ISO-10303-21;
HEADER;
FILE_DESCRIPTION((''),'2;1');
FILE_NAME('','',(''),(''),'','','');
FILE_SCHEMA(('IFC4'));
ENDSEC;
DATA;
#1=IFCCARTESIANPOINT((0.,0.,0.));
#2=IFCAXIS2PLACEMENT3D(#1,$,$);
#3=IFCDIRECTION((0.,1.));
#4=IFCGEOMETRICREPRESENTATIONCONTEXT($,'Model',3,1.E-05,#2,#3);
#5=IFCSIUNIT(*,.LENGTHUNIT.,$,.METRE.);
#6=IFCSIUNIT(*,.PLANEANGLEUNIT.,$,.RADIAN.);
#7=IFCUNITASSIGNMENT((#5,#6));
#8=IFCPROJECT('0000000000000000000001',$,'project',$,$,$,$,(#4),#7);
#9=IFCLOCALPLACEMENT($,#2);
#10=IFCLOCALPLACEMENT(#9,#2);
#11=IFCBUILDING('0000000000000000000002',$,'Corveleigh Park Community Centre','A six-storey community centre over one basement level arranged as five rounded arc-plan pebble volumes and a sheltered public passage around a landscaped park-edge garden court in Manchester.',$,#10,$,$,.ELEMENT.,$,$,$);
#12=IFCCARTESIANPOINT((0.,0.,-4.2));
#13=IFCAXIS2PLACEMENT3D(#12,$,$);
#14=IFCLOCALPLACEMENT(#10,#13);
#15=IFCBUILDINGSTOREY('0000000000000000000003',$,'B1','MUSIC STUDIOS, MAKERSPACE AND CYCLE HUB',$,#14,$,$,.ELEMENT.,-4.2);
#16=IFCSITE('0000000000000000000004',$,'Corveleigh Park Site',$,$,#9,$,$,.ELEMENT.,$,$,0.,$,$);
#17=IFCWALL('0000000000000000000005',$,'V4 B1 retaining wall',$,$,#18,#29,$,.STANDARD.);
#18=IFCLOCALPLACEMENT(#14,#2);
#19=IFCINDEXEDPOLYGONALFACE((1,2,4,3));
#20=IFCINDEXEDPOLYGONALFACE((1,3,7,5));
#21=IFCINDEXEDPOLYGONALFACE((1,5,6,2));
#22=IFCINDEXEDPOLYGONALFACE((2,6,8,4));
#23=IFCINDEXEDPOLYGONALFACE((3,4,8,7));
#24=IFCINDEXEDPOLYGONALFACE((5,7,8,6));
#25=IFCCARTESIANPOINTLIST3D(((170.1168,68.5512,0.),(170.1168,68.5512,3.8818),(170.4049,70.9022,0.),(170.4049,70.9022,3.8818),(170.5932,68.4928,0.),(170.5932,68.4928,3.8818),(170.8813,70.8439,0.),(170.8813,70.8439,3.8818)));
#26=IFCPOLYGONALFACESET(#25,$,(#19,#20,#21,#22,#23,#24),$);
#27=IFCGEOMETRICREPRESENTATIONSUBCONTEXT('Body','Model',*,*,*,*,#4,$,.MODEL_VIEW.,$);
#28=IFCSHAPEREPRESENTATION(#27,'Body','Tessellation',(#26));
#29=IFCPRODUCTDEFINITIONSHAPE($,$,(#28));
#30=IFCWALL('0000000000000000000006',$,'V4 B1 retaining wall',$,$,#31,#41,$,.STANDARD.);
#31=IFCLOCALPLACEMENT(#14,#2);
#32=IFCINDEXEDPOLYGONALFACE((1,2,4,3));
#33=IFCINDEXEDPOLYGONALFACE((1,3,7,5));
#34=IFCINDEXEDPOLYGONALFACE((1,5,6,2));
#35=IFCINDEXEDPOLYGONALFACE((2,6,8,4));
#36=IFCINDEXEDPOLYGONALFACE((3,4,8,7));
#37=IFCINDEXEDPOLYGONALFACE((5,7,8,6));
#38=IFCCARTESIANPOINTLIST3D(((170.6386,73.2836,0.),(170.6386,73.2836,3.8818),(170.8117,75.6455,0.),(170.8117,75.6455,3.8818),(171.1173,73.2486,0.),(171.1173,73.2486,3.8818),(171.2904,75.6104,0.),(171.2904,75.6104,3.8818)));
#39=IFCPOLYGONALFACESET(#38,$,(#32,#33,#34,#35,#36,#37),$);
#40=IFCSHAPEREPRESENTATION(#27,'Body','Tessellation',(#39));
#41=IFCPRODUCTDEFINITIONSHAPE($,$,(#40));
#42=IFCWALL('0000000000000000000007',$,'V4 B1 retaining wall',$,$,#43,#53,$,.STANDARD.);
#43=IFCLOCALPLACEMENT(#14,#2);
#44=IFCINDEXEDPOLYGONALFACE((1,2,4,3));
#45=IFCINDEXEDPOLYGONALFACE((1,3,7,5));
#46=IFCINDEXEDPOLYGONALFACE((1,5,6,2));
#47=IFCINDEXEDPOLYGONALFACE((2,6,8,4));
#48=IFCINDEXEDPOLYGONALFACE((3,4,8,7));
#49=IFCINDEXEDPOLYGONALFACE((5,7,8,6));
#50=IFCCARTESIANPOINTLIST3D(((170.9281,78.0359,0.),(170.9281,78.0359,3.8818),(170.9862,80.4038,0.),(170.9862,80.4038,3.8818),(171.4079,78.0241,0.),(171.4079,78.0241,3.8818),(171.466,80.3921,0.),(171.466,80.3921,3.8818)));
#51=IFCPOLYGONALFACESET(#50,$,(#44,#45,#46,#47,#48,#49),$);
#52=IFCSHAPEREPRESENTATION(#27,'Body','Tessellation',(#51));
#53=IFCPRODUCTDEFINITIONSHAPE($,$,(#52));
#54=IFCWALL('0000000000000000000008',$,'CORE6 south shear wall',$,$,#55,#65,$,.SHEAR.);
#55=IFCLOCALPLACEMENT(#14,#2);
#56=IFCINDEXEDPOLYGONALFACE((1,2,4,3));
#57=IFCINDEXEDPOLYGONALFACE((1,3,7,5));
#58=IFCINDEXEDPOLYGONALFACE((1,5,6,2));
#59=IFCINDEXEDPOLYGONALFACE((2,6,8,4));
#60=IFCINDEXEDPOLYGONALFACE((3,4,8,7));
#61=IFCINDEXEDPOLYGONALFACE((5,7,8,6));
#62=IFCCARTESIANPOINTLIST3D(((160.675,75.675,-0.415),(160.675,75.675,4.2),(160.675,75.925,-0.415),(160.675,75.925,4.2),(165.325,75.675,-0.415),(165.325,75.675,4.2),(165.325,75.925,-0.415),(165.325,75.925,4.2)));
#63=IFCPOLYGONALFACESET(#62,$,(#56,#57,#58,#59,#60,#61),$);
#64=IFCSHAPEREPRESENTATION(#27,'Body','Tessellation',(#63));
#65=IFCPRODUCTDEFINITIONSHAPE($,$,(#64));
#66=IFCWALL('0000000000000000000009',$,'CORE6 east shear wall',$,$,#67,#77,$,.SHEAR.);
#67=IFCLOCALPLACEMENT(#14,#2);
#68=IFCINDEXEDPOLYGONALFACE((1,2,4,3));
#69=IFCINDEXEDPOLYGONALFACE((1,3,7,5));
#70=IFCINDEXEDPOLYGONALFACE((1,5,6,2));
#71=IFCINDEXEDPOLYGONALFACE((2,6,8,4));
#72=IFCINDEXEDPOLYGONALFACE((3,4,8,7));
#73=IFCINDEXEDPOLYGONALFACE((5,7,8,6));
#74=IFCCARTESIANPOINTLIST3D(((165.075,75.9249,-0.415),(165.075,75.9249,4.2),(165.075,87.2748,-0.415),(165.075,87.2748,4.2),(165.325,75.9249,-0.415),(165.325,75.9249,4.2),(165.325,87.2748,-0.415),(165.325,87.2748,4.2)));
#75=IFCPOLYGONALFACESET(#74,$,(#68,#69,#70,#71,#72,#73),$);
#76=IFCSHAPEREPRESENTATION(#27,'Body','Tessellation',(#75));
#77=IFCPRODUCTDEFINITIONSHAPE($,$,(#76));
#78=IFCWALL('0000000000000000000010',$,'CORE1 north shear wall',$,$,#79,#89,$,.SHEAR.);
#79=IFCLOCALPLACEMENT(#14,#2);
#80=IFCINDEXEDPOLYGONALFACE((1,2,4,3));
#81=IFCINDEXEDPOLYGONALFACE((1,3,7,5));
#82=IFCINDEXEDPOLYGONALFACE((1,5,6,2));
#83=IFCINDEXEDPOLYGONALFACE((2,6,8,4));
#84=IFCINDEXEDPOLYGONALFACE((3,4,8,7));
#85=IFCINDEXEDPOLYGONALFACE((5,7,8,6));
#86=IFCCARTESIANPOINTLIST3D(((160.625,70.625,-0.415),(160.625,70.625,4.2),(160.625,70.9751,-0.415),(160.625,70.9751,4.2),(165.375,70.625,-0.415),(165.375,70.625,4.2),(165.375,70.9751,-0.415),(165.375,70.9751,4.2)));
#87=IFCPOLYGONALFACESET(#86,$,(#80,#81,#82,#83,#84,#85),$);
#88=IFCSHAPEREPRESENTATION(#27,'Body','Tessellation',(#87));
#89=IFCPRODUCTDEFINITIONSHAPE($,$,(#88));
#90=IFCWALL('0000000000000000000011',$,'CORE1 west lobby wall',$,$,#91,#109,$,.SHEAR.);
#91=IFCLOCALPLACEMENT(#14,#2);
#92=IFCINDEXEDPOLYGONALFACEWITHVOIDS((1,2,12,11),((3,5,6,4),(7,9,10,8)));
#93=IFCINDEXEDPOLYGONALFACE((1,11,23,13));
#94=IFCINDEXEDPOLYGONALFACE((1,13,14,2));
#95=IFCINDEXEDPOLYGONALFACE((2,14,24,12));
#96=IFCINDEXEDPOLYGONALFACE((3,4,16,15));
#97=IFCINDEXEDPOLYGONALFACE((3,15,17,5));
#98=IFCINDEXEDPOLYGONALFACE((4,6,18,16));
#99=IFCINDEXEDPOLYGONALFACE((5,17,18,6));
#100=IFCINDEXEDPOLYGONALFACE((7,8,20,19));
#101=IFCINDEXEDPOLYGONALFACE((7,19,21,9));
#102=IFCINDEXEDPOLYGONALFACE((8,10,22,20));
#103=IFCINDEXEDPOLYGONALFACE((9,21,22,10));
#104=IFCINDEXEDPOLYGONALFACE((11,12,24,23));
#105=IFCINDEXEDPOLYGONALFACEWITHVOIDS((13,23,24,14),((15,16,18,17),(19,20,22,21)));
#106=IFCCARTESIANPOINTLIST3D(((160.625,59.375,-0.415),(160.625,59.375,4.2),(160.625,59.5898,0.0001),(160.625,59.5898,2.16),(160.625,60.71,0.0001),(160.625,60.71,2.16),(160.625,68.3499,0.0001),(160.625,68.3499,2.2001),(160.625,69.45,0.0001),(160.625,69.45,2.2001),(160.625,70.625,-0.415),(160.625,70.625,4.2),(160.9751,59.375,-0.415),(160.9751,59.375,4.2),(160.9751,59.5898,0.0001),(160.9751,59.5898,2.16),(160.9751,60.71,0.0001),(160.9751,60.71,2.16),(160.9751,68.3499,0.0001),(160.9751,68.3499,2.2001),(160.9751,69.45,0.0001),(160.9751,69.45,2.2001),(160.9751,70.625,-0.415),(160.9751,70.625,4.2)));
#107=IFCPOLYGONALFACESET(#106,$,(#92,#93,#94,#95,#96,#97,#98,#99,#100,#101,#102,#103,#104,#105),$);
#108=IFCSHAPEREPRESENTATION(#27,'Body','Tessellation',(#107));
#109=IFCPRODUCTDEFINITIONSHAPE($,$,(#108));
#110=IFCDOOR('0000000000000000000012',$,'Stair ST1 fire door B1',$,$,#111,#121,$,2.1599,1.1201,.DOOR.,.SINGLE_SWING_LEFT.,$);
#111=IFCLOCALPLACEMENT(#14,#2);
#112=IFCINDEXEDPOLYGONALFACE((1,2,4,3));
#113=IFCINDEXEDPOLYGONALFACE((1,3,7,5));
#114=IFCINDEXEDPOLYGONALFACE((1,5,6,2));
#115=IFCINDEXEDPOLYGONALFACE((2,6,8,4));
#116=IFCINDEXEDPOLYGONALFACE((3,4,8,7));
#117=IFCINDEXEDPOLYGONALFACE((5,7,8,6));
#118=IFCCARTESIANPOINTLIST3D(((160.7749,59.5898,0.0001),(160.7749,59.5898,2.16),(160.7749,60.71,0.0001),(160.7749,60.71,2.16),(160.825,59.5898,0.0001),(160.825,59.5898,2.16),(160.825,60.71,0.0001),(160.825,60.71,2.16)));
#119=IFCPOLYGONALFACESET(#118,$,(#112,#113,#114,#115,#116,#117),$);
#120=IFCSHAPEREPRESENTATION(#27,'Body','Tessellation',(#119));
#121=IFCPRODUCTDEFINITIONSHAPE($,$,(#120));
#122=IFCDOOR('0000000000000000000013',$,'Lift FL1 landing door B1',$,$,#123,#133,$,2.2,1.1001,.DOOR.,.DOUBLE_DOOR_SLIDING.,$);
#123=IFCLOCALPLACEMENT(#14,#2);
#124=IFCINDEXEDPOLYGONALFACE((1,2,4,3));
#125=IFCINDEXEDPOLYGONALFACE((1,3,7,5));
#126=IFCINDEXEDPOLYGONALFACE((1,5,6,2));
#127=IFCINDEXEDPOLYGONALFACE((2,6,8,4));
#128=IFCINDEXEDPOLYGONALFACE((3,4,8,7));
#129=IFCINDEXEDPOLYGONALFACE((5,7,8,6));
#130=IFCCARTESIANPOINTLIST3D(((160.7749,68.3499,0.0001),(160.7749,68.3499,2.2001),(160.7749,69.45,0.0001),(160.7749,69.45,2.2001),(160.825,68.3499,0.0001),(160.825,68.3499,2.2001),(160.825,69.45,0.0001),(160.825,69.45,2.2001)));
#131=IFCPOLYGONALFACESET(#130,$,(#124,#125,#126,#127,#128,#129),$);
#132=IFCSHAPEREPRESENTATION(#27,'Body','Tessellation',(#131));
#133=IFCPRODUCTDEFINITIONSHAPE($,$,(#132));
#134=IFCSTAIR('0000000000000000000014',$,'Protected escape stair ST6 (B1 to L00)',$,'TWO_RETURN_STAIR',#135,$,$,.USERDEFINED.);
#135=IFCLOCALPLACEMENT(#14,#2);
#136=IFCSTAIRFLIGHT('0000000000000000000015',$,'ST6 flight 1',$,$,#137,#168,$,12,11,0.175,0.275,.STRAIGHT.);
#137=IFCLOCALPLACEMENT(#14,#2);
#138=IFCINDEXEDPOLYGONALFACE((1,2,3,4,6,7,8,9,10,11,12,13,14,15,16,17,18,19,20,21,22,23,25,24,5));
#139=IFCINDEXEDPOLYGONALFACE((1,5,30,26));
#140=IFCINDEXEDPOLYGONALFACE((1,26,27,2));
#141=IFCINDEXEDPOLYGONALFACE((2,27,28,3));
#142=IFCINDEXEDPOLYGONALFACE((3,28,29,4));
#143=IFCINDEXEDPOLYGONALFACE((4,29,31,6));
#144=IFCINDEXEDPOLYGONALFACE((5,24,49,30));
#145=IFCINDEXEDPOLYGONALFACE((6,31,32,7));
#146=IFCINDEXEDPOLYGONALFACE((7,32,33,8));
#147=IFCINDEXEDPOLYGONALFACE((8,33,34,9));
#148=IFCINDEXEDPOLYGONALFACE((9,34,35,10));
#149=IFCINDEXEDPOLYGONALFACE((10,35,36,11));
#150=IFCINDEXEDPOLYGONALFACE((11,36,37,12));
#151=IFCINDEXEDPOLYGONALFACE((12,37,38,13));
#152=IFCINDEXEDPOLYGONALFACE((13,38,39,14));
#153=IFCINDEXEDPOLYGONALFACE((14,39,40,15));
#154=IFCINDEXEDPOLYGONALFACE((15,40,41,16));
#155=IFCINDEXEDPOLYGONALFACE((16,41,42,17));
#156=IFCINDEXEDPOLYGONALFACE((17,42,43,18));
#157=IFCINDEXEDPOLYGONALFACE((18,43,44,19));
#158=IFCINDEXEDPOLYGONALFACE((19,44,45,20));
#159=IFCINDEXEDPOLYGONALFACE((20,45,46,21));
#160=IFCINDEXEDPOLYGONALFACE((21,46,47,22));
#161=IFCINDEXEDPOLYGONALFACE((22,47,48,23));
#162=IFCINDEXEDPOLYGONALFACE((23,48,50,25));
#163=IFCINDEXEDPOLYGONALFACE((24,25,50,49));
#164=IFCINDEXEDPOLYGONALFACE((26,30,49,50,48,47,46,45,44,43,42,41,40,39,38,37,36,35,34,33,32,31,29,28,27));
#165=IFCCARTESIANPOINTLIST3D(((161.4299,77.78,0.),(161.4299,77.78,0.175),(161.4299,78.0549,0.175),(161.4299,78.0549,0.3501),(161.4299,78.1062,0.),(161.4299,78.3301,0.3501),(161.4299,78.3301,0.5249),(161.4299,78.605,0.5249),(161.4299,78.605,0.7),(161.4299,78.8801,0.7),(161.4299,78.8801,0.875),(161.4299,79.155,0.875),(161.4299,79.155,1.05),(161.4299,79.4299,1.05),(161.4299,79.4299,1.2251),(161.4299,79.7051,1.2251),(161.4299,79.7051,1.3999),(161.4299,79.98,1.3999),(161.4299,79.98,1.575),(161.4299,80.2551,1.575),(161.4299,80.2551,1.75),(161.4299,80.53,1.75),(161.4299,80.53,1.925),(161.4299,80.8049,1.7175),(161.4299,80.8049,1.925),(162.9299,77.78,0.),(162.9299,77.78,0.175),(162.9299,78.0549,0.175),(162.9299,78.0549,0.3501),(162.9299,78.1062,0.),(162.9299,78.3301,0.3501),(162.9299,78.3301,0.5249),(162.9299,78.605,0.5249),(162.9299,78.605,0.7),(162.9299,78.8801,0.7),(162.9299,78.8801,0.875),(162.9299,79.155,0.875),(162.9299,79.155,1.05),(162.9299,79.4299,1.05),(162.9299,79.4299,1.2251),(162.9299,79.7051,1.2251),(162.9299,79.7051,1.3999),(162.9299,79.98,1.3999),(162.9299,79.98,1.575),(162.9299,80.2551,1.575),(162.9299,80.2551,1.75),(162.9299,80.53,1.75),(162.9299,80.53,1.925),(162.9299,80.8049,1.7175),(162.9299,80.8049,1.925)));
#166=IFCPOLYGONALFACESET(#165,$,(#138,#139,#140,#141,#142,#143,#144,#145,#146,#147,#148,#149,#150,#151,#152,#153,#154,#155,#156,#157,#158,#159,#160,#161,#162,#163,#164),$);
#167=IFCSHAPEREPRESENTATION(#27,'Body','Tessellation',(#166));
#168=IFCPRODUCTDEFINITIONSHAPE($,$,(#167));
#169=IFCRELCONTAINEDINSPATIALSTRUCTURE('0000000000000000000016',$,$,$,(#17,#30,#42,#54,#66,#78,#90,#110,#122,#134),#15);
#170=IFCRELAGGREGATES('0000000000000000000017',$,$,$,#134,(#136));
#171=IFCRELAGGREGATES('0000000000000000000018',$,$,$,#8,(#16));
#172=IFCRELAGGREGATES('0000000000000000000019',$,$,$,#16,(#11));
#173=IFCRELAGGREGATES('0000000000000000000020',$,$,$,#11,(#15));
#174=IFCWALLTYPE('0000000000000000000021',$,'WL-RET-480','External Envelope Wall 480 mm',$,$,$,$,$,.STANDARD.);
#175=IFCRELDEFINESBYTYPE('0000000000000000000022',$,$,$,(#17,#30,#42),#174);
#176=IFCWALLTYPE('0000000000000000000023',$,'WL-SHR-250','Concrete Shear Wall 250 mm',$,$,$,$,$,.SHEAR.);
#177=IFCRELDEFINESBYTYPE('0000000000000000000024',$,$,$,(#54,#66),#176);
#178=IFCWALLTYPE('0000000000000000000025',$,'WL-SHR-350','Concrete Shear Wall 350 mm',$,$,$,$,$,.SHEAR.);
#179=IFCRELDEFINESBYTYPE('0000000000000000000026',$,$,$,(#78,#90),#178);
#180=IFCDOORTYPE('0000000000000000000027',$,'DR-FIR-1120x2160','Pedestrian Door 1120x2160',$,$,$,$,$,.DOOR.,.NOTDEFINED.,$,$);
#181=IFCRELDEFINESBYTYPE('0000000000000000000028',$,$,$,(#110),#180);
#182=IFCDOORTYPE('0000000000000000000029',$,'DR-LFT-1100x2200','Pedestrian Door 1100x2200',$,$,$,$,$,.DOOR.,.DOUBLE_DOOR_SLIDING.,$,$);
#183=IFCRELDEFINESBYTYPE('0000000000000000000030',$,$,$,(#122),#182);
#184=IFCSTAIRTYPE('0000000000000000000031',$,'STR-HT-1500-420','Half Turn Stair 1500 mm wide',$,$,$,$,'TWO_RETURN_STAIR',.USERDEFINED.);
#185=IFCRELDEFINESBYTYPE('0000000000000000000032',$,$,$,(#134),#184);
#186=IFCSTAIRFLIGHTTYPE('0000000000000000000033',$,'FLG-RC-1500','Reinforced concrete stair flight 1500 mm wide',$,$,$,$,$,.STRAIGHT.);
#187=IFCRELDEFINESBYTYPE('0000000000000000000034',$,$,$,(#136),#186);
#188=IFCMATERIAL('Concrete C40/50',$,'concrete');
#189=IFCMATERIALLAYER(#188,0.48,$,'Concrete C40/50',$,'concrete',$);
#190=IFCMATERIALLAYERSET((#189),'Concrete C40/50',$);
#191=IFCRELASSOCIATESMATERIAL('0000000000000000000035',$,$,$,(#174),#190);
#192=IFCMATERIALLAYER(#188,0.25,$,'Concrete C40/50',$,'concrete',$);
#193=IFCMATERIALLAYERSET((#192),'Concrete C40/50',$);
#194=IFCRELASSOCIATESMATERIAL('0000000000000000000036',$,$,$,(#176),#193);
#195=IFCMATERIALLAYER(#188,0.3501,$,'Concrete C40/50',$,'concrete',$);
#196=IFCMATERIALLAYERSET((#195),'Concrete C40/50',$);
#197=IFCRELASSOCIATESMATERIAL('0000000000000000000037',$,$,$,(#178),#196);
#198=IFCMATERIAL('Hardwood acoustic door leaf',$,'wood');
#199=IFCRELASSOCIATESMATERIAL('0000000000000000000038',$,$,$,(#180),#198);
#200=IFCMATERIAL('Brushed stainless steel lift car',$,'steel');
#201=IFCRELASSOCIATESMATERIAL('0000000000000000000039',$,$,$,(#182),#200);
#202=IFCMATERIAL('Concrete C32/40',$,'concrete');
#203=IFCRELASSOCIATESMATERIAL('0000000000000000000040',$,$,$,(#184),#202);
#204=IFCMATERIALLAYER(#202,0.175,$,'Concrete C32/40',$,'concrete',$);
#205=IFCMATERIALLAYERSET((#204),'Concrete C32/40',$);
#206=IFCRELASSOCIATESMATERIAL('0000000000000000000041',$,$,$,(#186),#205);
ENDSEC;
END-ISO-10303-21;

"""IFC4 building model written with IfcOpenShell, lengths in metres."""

from ifc_helpers import new_model, si_unit, direction, frame, frame_2d, origin, place, context, subcontext, project, spatial, polyline, rectangle, outline, extrude, material, layer, layer_set, type_object, element, fill, aggregate, save


model = new_model("IFC4")

# Units and contexts
model_context = context("Model", 3, precision=1e-05, world=origin(), true_north=direction((0.0, 1.0)))
body_context = subcontext(model_context, "Body", "Model", "MODEL_VIEW")
ifc_project = project(units=[si_unit("LENGTHUNIT", "METRE"), si_unit("PLANEANGLEUNIT", "RADIAN")], contexts=[model_context])

# Site, building, storey
site_placement = place(None, origin())
site = spatial("IfcSite", under=ifc_project, at=site_placement, Name="Corveleigh Park Site", CompositionType="ELEMENT", RefElevation=0.0)
building_placement = place(site_placement, origin())
building = spatial("IfcBuilding", under=site, at=building_placement, Name="Corveleigh Park Community Centre", Description="A six-storey community centre over one basement level arranged as five rounded arc-plan pebble volumes and a sheltered public passage around a landscaped park-edge garden court in Manchester.", CompositionType="ELEMENT")
storey_placement = place(building_placement, frame((0.0, 0.0, -4.2)))
storey = spatial("IfcBuildingStorey", under=building, at=storey_placement, Name="B1", Description="MUSIC STUDIOS, MAKERSPACE AND CYCLE HUB", CompositionType="ELEMENT", Elevation=-4.2)

# Shared definitions
ifc_material_1 = material(Name="Concrete C40/50", Category="concrete")

# Shared definitions
ifc_material_2 = material(Name="Concrete C32/40", Category="concrete")

# Walls
ifc_layer_1 = layer(ifc_material_1, 0.48, Name="Concrete C40/50", Category="concrete")
ifc_layer_set_1 = layer_set([ifc_layer_1], Name="Concrete C40/50")
wall_type_1 = type_object("IfcWallType", Name="WL-RET-480", Description="External Envelope Wall 480 mm", PredefinedType="STANDARD", material=ifc_layer_set_1)
wall_1_placement = place(storey_placement, frame((170.6431, 70.873, 0.0), z_axis=(0.0, 0.0, 1.0), x_axis=(-0.121624, -0.992576, 0.0)))
element("IfcWall", 1, at=wall_1_placement, inside=storey, type_object=wall_type_1, Name="V4 B1 retaining wall", PredefinedType="STANDARD", context=body_context, shape_type="SweptSolid", body=[
    extrude(rectangle(XDim=2.3687, YDim=0.48, at=frame_2d((1.1843, 0.0))), origin(), (0.0, 0.0, 1.0), 3.8818),
])
wall_2_placement = place(storey_placement, frame((171.051, 75.6279, 0.0), z_axis=(0.0, 0.0, 1.0), x_axis=(-0.073093, -0.997325, 0.0)))
element("IfcWall", 2, at=wall_2_placement, inside=storey, type_object=wall_type_1, Name="V4 B1 retaining wall", PredefinedType="STANDARD", context=body_context, shape_type="SweptSolid", body=[
    extrude(rectangle(XDim=2.3682, YDim=0.48, at=frame_2d((1.1841, 0.0))), origin(), (0.0, 0.0, 1.0), 3.8818),
])
wall_3_placement = place(storey_placement, frame((171.2261, 80.3979, 0.0), z_axis=(0.0, 0.0, 1.0), x_axis=(-0.024531, -0.999699, 0.0)))
element("IfcWall", 3, at=wall_3_placement, inside=storey, type_object=wall_type_1, Name="V4 B1 retaining wall", PredefinedType="STANDARD", context=body_context, shape_type="SweptSolid", body=[
    extrude(rectangle(XDim=2.3687, YDim=0.48, at=frame_2d((1.1843, 0.0))), origin(), (0.0, 0.0, 1.0), 3.8818),
])
ifc_layer_2 = layer(ifc_material_1, 0.25, Name="Concrete C40/50", Category="concrete")
ifc_layer_set_2 = layer_set([ifc_layer_2], Name="Concrete C40/50")
wall_type_2 = type_object("IfcWallType", Name="WL-SHR-250", Description="Concrete Shear Wall 250 mm", PredefinedType="SHEAR", material=ifc_layer_set_2)
wall_4_placement = place(storey_placement, frame((160.675, 75.8, -0.415), z_axis=(0.0, 0.0, 1.0), x_axis=(1.0, 0.0, 0.0)))
element("IfcWall", 4, at=wall_4_placement, inside=storey, type_object=wall_type_2, Name="CORE6 south shear wall", PredefinedType="SHEAR", context=body_context, shape_type="SweptSolid", body=[
    extrude(rectangle(XDim=4.6499, YDim=0.25, at=frame_2d((2.325, 0.0))), origin(), (0.0, 0.0, 1.0), 4.615),
])
wall_5_placement = place(storey_placement, frame((165.2, 75.925, -0.415), z_axis=(0.0, 0.0, 1.0), x_axis=(0.0, 1.0, 0.0)))
element("IfcWall", 5, at=wall_5_placement, inside=storey, type_object=wall_type_2, Name="CORE6 east shear wall", PredefinedType="SHEAR", context=body_context, shape_type="SweptSolid", body=[
    extrude(rectangle(XDim=11.3499, YDim=0.25, at=frame_2d((5.6748, 0.0))), origin(), (0.0, 0.0, 1.0), 4.615),
])
ifc_layer_3 = layer(ifc_material_1, 0.3501, Name="Concrete C40/50", Category="concrete")
ifc_layer_set_3 = layer_set([ifc_layer_3], Name="Concrete C40/50")
wall_type_3 = type_object("IfcWallType", Name="WL-SHR-350", Description="Concrete Shear Wall 350 mm", PredefinedType="SHEAR", material=ifc_layer_set_3)
wall_6_placement = place(storey_placement, frame((165.375, 70.8, -0.415), z_axis=(0.0, 0.0, 1.0), x_axis=(-1.0, 0.0, 0.0)))
element("IfcWall", 6, at=wall_6_placement, inside=storey, type_object=wall_type_3, Name="CORE1 north shear wall", PredefinedType="SHEAR", context=body_context, shape_type="SweptSolid", body=[
    extrude(rectangle(XDim=4.75, YDim=0.3501, at=frame_2d((2.375, 0.0))), origin(), (0.0, 0.0, 1.0), 4.615),
])

# Wall, openings, doors
wall_7_placement = place(storey_placement, frame((160.8, 70.625, -0.415), z_axis=(0.0, 0.0, 1.0), x_axis=(0.0, -1.0, 0.0)))
wall_7 = element("IfcWall", 7, at=wall_7_placement, inside=storey, type_object=wall_type_3, Name="CORE1 west lobby wall", PredefinedType="SHEAR", context=body_context, shape_type="SweptSolid", body=[
    extrude(rectangle(XDim=11.25, YDim=0.3501, at=frame_2d((5.625, 0.0))), origin(), (0.0, 0.0, 1.0), 4.615),
])
opening_1_placement = place(wall_7_placement, frame((1.175, 0.0, 0.415)))
opening_1 = element("IfcOpeningElement", 8, at=opening_1_placement, cuts=wall_7, PredefinedType="OPENING", context=body_context, shape_type="SweptSolid", body=[
    extrude(rectangle(XDim=1.1001, YDim=2.2, at=frame_2d((0.55, 1.1001))), frame((0.0, 0.1851, 0.0), z_axis=(0.0, -1.0, 0.0), x_axis=(1.0, 0.0, 0.0)), (0.0, 0.0, 1.0), 0.3701),
])
opening_2_placement = place(wall_7_placement, frame((9.915, 0.0, 0.415)))
opening_2 = element("IfcOpeningElement", 9, at=opening_2_placement, cuts=wall_7, PredefinedType="OPENING", context=body_context, shape_type="SweptSolid", body=[
    extrude(rectangle(XDim=1.1201, YDim=2.1599, at=frame_2d((0.5601, 1.0801))), frame((0.0, 0.1851, 0.0), z_axis=(0.0, -1.0, 0.0), x_axis=(1.0, 0.0, 0.0)), (0.0, 0.0, 1.0), 0.3701),
])
ifc_material_3 = material(Name="Hardwood acoustic door leaf", Category="wood")
door_type_1 = type_object("IfcDoorType", Name="DR-FIR-1120x2160", Description="Pedestrian Door 1120x2160", OperationType="NOTDEFINED", PredefinedType="DOOR", material=ifc_material_3)
door_1_placement = place(opening_2_placement, origin())
door_1 = element("IfcDoor", 10, at=door_1_placement, inside=storey, type_object=door_type_1, Name="Stair ST1 fire door B1", OperationType="SINGLE_SWING_LEFT", OverallHeight=2.1599, OverallWidth=1.1201, PredefinedType="DOOR", context=body_context, shape_type="SweptSolid", body=[
    extrude(rectangle(XDim=1.1201, YDim=2.1599, at=frame_2d((0.5601, 1.0801))), frame((0.0, 0.0249, 0.0), z_axis=(0.0, -1.0, 0.0), x_axis=(1.0, 0.0, 0.0)), (0.0, 0.0, 1.0), 0.05),
])
fill(opening_2, door_1)
ifc_material_4 = material(Name="Brushed stainless steel lift car", Category="steel")
door_type_2 = type_object("IfcDoorType", Name="DR-LFT-1100x2200", Description="Pedestrian Door 1100x2200", OperationType="DOUBLE_DOOR_SLIDING", PredefinedType="DOOR", material=ifc_material_4)
door_2_placement = place(opening_1_placement, origin())
door_2 = element("IfcDoor", 11, at=door_2_placement, inside=storey, type_object=door_type_2, Name="Lift FL1 landing door B1", OperationType="DOUBLE_DOOR_SLIDING", OverallHeight=2.2, OverallWidth=1.1001, PredefinedType="DOOR", context=body_context, shape_type="SweptSolid", body=[
    extrude(rectangle(XDim=1.1001, YDim=2.2, at=frame_2d((0.55, 1.1001))), frame((0.0, 0.0249, 0.0), z_axis=(0.0, -1.0, 0.0), x_axis=(1.0, 0.0, 0.0)), (0.0, 0.0, 1.0), 0.05),
])
fill(opening_1, door_2)

# Stair, stair flight
stair_type = type_object("IfcStairType", Name="STR-HT-1500-420", Description="Half Turn Stair 1500 mm wide", ElementType="TWO_RETURN_STAIR", PredefinedType="USERDEFINED", material=ifc_material_2)
stair_placement = place(storey_placement, origin())
stair = element("IfcStair", 12, at=stair_placement, inside=storey, type_object=stair_type, Name="Protected escape stair ST6 (B1 to L00)", ObjectType="TWO_RETURN_STAIR", PredefinedType="USERDEFINED")
ifc_layer_4 = layer(ifc_material_2, 0.175, Name="Concrete C32/40", Category="concrete")
ifc_layer_set_4 = layer_set([ifc_layer_4], Name="Concrete C32/40")
stair_flight_type = type_object("IfcStairFlightType", Name="FLG-RC-1500", Description="Reinforced concrete stair flight 1500 mm wide", PredefinedType="STRAIGHT", material=ifc_layer_set_4)
stair_flight_placement = place(storey_placement, frame((162.1799, 77.78, 0.0), z_axis=(0.0, 0.0, 1.0), x_axis=(0.0, 1.0, 0.0)))
stair_flight = element("IfcStairFlight", 13, at=stair_flight_placement, type_object=stair_flight_type, Name="ST6 flight 1", NumberOfRisers=12, NumberOfTreads=11, PredefinedType="STRAIGHT", RiserHeight=0.175, TreadLength=0.275, context=body_context, shape_type="SweptSolid", body=[
    extrude(outline(polyline([(0.0, 0.0), (0.0, 0.175), (0.2749, 0.175), (0.2749, 0.3501), (0.55, 0.3501), (0.55, 0.5249), (0.825, 0.5249), (0.825, 0.7), (1.1001, 0.7), (1.1001, 0.875), (1.375, 0.875), (1.375, 1.05), (1.6499, 1.05), (1.6499, 1.2251), (1.925, 1.2251), (1.925, 1.3999), (2.2, 1.3999), (2.2, 1.575), (2.4751, 1.575), (2.4751, 1.75), (2.75, 1.75), (2.75, 1.925), (3.0249, 1.925), (3.0249, 2.1001), (3.0249, 1.7175), (0.3262, 0.0), (0.0, 0.0)])), frame((0.0, 0.75, 0.0), z_axis=(0.0, -1.0, 0.0), x_axis=(1.0, 0.0, 0.0)), (0.0, 0.0, 1.0), 1.5),
])
aggregate(stair, [stair_flight])

save(model, "model.ifc")
